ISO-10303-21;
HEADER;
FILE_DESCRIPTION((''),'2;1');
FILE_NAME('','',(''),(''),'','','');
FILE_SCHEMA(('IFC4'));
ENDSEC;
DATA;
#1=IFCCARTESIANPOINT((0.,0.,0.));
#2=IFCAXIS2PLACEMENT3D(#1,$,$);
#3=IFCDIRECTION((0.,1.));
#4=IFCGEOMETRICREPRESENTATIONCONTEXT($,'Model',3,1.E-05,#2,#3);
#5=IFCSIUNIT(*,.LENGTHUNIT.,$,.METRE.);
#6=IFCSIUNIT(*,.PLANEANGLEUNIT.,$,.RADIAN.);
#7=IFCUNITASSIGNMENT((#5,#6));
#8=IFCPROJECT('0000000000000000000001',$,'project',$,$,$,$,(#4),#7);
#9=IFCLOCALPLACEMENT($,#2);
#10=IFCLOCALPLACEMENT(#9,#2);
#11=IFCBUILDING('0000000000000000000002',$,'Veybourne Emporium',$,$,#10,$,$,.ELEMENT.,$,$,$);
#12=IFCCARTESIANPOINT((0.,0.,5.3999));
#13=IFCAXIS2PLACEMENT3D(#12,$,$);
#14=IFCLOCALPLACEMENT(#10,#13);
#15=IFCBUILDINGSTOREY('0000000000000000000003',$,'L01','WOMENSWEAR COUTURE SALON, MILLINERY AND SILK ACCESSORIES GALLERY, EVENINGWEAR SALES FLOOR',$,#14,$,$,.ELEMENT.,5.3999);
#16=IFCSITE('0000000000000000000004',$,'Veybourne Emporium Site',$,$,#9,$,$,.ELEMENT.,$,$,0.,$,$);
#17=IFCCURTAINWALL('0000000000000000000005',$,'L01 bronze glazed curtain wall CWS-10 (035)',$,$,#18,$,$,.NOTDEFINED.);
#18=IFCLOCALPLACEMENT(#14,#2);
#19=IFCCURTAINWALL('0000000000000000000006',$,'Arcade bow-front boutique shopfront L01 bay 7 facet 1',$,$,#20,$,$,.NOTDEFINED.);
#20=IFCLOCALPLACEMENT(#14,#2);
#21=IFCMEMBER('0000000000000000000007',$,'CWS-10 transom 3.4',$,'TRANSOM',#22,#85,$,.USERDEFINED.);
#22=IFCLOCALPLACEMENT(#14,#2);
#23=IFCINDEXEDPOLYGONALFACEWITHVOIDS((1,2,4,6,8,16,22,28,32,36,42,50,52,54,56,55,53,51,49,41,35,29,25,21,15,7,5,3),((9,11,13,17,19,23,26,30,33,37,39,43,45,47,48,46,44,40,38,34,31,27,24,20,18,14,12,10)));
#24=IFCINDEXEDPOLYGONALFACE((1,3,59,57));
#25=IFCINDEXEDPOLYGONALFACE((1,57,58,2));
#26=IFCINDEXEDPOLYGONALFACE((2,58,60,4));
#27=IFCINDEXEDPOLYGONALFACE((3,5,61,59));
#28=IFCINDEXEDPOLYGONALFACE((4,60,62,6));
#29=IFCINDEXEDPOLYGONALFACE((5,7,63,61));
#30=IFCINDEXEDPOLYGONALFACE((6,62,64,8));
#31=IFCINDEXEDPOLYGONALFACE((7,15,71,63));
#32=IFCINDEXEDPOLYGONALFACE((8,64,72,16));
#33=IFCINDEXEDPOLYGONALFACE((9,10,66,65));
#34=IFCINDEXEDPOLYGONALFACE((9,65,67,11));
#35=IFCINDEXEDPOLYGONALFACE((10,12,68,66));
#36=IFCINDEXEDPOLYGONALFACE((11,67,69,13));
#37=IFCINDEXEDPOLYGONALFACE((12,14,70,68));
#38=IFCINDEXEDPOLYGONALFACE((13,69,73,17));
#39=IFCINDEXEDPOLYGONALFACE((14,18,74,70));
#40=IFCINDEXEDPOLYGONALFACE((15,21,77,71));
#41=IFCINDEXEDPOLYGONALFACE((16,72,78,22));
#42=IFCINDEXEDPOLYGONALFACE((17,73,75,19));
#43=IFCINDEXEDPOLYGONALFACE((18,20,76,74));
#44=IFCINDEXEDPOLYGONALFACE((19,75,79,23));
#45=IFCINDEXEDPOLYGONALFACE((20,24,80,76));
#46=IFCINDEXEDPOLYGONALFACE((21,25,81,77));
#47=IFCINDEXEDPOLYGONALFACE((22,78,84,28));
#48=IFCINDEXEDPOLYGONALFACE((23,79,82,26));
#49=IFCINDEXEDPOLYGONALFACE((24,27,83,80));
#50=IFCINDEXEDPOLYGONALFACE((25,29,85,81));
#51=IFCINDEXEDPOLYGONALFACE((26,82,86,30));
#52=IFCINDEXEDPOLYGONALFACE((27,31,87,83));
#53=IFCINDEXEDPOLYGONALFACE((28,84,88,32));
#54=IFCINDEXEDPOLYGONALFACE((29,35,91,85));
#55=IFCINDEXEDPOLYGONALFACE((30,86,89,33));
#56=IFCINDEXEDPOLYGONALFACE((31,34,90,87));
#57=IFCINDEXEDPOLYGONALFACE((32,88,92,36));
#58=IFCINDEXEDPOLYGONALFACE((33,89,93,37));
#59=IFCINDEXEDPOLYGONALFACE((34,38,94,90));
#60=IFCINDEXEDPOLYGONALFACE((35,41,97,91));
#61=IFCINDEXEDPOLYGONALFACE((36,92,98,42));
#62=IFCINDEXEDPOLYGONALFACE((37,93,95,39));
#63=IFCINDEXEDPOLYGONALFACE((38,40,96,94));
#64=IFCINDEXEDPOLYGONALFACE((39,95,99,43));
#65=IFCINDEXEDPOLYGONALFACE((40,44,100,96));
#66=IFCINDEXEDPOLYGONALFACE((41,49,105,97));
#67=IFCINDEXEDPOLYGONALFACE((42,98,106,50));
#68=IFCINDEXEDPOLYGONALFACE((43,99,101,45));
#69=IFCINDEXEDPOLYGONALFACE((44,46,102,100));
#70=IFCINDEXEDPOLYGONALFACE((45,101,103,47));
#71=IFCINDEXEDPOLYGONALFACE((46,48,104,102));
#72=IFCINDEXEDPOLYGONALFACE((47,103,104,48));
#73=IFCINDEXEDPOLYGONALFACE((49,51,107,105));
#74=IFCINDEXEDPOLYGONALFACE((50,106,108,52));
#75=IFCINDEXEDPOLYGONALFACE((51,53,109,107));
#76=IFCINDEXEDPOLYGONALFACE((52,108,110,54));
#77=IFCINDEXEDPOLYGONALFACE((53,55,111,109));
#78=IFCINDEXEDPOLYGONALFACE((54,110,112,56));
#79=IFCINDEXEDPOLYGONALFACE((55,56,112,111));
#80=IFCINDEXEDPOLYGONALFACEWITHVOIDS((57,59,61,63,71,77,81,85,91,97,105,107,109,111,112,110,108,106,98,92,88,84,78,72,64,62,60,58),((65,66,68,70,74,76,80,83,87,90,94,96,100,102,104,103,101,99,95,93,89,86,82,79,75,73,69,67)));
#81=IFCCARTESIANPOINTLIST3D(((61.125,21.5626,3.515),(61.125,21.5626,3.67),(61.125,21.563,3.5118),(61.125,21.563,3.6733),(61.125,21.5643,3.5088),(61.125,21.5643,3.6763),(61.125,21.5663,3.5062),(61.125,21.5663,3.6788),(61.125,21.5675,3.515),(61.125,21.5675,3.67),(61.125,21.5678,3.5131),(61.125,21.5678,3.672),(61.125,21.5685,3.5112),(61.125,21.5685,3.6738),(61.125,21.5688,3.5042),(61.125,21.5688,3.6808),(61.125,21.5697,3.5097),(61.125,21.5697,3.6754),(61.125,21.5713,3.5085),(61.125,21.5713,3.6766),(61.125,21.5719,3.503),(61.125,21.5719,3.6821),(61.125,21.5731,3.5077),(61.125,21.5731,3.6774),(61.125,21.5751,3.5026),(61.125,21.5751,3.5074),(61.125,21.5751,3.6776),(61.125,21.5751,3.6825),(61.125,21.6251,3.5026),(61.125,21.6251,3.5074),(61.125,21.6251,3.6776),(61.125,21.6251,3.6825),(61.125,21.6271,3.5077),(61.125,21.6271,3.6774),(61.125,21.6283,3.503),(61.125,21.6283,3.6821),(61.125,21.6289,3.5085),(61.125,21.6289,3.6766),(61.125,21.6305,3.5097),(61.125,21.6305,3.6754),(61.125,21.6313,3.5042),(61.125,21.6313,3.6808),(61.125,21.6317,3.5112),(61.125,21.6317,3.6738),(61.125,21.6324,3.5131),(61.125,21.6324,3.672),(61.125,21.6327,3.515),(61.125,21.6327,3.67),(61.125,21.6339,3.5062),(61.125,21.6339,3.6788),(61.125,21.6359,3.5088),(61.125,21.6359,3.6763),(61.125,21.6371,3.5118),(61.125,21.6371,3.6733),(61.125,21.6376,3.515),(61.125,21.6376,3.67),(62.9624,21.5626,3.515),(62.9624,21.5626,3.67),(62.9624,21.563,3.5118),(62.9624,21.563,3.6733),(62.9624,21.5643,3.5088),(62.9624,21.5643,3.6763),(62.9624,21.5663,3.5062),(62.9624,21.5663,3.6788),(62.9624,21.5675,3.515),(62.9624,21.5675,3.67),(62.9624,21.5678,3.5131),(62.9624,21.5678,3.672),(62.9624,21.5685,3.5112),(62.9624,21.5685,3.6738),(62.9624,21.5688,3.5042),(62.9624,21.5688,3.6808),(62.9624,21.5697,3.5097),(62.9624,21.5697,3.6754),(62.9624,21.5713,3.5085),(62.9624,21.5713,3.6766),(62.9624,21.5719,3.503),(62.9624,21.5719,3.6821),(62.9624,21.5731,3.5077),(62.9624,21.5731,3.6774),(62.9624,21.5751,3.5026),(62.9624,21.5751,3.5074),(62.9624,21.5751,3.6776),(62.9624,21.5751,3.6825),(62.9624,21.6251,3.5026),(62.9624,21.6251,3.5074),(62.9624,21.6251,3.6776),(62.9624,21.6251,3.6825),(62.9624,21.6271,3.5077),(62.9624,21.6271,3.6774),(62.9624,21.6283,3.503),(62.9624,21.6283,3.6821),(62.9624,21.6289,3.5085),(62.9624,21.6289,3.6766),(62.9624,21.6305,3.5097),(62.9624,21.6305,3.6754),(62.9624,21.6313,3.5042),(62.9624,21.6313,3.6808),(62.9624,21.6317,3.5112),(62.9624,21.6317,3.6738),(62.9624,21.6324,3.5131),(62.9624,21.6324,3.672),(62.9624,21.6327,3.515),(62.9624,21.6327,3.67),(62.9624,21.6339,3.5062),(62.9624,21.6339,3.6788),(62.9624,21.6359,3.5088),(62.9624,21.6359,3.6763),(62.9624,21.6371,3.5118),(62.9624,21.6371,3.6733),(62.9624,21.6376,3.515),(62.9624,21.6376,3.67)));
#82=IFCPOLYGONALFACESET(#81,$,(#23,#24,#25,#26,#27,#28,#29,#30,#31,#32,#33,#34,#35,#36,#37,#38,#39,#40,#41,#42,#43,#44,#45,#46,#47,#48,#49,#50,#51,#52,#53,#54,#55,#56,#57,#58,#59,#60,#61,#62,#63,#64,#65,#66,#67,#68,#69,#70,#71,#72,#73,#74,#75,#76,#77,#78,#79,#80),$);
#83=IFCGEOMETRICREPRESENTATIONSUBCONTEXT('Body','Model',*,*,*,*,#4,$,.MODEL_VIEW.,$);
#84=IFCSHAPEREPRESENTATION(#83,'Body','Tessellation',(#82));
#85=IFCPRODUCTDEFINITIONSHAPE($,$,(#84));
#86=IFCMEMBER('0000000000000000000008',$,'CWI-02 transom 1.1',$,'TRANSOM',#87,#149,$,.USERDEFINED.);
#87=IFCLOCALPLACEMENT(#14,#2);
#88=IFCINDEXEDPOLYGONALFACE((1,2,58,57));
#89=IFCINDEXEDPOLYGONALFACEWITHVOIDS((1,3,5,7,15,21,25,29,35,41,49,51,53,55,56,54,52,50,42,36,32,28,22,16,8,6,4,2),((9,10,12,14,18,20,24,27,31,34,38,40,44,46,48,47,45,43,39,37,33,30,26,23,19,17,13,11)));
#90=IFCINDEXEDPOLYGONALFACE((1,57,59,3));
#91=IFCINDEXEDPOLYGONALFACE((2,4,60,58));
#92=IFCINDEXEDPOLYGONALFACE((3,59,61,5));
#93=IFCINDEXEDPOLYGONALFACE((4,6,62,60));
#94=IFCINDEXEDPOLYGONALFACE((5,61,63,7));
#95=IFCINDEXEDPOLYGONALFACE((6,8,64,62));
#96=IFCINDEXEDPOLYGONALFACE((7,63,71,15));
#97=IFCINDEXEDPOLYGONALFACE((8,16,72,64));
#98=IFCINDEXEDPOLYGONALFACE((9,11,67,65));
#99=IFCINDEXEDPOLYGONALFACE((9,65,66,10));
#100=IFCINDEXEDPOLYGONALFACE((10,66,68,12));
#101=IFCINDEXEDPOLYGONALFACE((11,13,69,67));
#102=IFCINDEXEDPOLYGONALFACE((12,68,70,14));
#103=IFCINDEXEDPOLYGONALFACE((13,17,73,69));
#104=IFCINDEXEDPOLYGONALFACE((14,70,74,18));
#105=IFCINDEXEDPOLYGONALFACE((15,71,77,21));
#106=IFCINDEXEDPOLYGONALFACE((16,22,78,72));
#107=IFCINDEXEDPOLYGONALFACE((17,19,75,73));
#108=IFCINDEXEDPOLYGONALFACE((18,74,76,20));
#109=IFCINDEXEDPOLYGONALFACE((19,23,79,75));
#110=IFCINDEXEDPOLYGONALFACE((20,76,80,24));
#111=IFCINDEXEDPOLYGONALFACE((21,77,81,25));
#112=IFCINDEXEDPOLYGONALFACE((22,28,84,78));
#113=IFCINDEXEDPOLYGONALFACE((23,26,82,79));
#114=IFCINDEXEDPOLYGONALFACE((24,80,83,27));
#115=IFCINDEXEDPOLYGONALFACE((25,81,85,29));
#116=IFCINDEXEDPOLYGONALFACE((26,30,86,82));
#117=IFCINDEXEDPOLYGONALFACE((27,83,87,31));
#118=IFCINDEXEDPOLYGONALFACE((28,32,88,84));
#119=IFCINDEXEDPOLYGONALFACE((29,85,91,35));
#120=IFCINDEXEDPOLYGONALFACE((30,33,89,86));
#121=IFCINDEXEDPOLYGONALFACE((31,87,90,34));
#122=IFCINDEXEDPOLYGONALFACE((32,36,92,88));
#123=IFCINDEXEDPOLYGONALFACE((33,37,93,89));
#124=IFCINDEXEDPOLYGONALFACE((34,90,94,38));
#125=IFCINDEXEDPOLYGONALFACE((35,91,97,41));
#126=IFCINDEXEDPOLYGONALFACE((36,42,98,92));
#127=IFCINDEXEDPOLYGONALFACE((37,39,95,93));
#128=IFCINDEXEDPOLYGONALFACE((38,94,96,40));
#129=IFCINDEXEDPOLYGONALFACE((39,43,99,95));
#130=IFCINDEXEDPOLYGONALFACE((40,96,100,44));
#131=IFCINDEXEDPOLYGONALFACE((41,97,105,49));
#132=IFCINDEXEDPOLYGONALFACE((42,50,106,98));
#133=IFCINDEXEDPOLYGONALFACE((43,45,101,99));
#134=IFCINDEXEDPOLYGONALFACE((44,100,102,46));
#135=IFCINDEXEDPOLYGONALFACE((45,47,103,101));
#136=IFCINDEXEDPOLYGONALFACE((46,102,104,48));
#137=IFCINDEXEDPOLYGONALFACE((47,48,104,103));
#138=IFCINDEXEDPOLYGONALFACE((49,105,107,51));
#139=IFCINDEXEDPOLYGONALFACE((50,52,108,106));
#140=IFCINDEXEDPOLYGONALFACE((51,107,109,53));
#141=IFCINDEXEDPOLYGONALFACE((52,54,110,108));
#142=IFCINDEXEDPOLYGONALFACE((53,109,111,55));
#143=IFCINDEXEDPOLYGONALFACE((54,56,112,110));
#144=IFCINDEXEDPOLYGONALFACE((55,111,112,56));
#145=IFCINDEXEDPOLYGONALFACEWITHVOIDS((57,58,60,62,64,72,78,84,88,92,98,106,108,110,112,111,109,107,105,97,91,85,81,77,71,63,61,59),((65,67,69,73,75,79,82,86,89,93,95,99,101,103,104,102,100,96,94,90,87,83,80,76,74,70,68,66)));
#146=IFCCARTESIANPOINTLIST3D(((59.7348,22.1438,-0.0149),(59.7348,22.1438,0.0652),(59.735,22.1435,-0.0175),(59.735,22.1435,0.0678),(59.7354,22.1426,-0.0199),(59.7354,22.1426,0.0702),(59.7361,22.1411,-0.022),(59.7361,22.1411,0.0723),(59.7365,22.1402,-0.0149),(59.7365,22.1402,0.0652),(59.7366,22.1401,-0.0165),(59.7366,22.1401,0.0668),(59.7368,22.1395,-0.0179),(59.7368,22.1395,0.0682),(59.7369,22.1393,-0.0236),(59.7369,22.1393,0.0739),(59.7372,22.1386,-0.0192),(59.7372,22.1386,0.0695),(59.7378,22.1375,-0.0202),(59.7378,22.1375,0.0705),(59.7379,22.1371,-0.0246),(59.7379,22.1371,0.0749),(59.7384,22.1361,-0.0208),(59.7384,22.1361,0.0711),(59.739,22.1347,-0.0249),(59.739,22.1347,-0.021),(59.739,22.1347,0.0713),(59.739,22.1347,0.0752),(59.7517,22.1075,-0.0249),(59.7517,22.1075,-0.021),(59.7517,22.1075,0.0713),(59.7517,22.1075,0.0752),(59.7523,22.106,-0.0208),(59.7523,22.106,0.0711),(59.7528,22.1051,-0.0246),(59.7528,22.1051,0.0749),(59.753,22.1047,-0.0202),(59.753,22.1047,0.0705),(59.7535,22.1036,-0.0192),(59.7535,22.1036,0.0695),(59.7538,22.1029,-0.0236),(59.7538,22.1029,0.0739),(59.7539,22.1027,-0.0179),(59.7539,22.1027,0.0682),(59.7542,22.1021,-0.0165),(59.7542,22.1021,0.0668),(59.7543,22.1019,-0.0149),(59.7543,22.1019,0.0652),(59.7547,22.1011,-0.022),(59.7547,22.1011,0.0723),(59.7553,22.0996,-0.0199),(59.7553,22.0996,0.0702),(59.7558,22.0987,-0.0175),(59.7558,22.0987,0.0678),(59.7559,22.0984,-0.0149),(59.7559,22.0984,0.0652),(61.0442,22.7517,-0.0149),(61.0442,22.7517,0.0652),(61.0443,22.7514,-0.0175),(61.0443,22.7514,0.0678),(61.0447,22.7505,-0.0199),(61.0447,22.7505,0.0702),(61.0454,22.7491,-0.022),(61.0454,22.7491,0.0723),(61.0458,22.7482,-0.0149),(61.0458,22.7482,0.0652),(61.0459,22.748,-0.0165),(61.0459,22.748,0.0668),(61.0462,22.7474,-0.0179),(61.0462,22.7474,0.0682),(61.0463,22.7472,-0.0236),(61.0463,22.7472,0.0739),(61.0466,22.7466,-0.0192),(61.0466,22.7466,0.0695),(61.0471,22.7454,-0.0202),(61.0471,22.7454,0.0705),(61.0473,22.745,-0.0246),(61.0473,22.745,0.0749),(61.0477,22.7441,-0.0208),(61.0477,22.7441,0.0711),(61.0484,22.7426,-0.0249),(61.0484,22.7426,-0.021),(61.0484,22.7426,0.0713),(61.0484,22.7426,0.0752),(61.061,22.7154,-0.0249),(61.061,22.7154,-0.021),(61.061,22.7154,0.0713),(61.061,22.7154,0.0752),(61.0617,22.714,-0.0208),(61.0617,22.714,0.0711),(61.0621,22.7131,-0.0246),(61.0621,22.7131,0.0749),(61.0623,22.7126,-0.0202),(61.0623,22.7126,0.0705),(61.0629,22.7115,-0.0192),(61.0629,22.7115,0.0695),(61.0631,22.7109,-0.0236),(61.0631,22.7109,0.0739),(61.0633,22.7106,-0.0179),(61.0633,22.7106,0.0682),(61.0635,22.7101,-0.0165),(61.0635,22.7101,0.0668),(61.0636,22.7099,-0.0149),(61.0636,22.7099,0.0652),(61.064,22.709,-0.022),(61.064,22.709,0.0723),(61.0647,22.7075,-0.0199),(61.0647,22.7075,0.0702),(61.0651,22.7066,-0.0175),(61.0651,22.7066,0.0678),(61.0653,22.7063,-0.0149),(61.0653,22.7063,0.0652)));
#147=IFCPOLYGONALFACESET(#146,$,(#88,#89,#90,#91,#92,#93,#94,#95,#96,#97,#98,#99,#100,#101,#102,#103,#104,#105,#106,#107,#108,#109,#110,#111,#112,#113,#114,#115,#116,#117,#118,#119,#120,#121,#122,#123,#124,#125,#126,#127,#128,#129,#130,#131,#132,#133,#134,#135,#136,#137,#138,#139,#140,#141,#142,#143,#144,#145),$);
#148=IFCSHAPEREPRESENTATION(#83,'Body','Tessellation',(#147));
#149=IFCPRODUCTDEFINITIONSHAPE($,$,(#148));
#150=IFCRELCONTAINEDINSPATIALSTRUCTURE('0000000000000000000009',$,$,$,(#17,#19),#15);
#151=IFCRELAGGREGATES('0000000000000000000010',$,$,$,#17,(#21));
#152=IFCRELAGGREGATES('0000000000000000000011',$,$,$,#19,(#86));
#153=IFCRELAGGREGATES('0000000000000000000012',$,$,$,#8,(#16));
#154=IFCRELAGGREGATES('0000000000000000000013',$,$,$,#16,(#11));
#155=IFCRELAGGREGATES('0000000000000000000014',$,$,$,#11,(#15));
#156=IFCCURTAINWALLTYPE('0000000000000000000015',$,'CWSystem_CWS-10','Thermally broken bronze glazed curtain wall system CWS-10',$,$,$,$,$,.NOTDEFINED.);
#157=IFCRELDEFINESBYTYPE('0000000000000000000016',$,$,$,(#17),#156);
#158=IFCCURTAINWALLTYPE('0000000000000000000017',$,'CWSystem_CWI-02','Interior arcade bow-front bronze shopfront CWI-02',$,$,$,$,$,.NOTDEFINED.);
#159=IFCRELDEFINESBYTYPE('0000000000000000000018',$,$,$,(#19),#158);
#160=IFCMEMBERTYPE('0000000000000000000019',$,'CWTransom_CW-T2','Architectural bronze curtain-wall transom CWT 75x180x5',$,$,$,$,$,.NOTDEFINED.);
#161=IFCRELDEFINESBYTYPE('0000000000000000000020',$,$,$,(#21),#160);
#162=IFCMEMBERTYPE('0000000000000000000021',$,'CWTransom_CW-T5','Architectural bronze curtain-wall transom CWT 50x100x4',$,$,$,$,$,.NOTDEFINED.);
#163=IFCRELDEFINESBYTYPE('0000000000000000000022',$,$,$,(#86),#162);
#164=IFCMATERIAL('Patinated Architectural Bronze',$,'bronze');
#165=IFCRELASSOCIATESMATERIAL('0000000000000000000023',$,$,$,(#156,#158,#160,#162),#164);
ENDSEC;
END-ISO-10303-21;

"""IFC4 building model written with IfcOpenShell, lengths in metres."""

from ifc_helpers import new_model, si_unit, direction, frame, origin, origin_2d, place, context, subcontext, project, spatial, hollow_rectangle, extrude, material, material_profile, profile_set, type_object, element, aggregate, save


model = new_model("IFC4")

# Units and contexts
model_context = context("Model", 3, precision=1e-05, world=origin(), true_north=direction((0.0, 1.0)))
body_context = subcontext(model_context, "Body", "Model", "MODEL_VIEW")
ifc_project = project(units=[si_unit("LENGTHUNIT", "METRE"), si_unit("PLANEANGLEUNIT", "RADIAN")], contexts=[model_context])

# Site, building, storey
site_placement = place(None, origin())
site = spatial("IfcSite", under=ifc_project, at=site_placement, Name="Veybourne Emporium Site", CompositionType="ELEMENT", RefElevation=0.0)
building_placement = place(site_placement, origin())
building = spatial("IfcBuilding", under=site, at=building_placement, Name="Veybourne Emporium", CompositionType="ELEMENT")
storey_placement = place(building_placement, frame((0.0, 0.0, 5.3999)))
storey = spatial("IfcBuildingStorey", under=building, at=storey_placement, Name="L01", Description="WOMENSWEAR COUTURE SALON, MILLINERY AND SILK ACCESSORIES GALLERY, EVENINGWEAR SALES FLOOR", CompositionType="ELEMENT", Elevation=5.3999)

# Curtain wall
ifc_material_1 = material(Name="Patinated Architectural Bronze", Category="bronze")
curtain_wall_type_1 = type_object("IfcCurtainWallType", Name="CWSystem_CWS-10", Description="Thermally broken bronze glazed curtain wall system CWS-10", PredefinedType="NOTDEFINED", material=ifc_material_1)
curtain_wall_1_placement = place(storey_placement, origin())
curtain_wall_1 = element("IfcCurtainWall", 1, at=curtain_wall_1_placement, inside=storey, type_object=curtain_wall_type_1, Name="L01 bronze glazed curtain wall CWS-10 (035)", PredefinedType="NOTDEFINED")

# Curtain wall
curtain_wall_type_2 = type_object("IfcCurtainWallType", Name="CWSystem_CWI-02", Description="Interior arcade bow-front bronze shopfront CWI-02", PredefinedType="NOTDEFINED", material=ifc_material_1)
curtain_wall_2_placement = place(storey_placement, origin())
curtain_wall_2 = element("IfcCurtainWall", 2, at=curtain_wall_2_placement, inside=storey, type_object=curtain_wall_type_2, Name="Arcade bow-front boutique shopfront L01 bay 7 facet 1", PredefinedType="NOTDEFINED")

# Members
ifc_material_profile_1 = material_profile(ifc_material_1, hollow_rectangle(XDim=0.075, YDim=0.1799, WallThickness=0.0049, InnerFilletRadius=0.0076, OuterFilletRadius=0.0125, at=origin_2d()), Name="CWT 75x180x5")
ifc_profile_set_1 = profile_set([ifc_material_profile_1], Name="Patinated Architectural Bronze")
member_type_1 = type_object("IfcMemberType", Name="CWTransom_CW-T2", Description="Architectural bronze curtain-wall transom CWT 75x180x5", PredefinedType="NOTDEFINED", material=ifc_profile_set_1)
member_1_placement = place(storey_placement, frame((62.9624, 21.6001, 3.5925), z_axis=(-1.0, 0.0, 0.0), x_axis=(0.0, -1.0, 0.0)))
member_1 = element("IfcMember", 3, at=member_1_placement, type_object=member_type_1, Name="CWS-10 transom 3.4", ObjectType="TRANSOM", PredefinedType="USERDEFINED", context=body_context, shape_type="SweptSolid", body=[
    extrude(hollow_rectangle(XDim=0.075, YDim=0.1799, WallThickness=0.0049, InnerFilletRadius=0.0076, OuterFilletRadius=0.0125, at=origin_2d()), origin(), (0.0, 0.0, 1.0), 1.8374),
])
ifc_material_profile_2 = material_profile(ifc_material_1, hollow_rectangle(XDim=0.05, YDim=0.1001, WallThickness=0.0039, InnerFilletRadius=0.0061, OuterFilletRadius=0.01, at=origin_2d()), Name="CWT 50x100x4")
ifc_profile_set_2 = profile_set([ifc_material_profile_2], Name="Patinated Architectural Bronze")
member_type_2 = type_object("IfcMemberType", Name="CWTransom_CW-T5", Description="Architectural bronze curtain-wall transom CWT 50x100x4", PredefinedType="NOTDEFINED", material=ifc_profile_set_2)
member_2_placement = place(storey_placement, frame((59.7454, 22.1211, 0.0251), z_axis=(0.907007, 0.421116, 0.0), x_axis=(-0.421116, 0.907007, 0.0)))
member_2 = element("IfcMember", 4, at=member_2_placement, type_object=member_type_2, Name="CWI-02 transom 1.1", ObjectType="TRANSOM", PredefinedType="USERDEFINED", context=body_context, shape_type="SweptSolid", body=[
    extrude(hollow_rectangle(XDim=0.05, YDim=0.1001, WallThickness=0.0039, InnerFilletRadius=0.0061, OuterFilletRadius=0.01, at=origin_2d()), origin(), (0.0, 0.0, 1.0), 1.4436),
])

aggregate(curtain_wall_1, [member_1])
aggregate(curtain_wall_2, [member_2])

save(model, "model.ifc")
